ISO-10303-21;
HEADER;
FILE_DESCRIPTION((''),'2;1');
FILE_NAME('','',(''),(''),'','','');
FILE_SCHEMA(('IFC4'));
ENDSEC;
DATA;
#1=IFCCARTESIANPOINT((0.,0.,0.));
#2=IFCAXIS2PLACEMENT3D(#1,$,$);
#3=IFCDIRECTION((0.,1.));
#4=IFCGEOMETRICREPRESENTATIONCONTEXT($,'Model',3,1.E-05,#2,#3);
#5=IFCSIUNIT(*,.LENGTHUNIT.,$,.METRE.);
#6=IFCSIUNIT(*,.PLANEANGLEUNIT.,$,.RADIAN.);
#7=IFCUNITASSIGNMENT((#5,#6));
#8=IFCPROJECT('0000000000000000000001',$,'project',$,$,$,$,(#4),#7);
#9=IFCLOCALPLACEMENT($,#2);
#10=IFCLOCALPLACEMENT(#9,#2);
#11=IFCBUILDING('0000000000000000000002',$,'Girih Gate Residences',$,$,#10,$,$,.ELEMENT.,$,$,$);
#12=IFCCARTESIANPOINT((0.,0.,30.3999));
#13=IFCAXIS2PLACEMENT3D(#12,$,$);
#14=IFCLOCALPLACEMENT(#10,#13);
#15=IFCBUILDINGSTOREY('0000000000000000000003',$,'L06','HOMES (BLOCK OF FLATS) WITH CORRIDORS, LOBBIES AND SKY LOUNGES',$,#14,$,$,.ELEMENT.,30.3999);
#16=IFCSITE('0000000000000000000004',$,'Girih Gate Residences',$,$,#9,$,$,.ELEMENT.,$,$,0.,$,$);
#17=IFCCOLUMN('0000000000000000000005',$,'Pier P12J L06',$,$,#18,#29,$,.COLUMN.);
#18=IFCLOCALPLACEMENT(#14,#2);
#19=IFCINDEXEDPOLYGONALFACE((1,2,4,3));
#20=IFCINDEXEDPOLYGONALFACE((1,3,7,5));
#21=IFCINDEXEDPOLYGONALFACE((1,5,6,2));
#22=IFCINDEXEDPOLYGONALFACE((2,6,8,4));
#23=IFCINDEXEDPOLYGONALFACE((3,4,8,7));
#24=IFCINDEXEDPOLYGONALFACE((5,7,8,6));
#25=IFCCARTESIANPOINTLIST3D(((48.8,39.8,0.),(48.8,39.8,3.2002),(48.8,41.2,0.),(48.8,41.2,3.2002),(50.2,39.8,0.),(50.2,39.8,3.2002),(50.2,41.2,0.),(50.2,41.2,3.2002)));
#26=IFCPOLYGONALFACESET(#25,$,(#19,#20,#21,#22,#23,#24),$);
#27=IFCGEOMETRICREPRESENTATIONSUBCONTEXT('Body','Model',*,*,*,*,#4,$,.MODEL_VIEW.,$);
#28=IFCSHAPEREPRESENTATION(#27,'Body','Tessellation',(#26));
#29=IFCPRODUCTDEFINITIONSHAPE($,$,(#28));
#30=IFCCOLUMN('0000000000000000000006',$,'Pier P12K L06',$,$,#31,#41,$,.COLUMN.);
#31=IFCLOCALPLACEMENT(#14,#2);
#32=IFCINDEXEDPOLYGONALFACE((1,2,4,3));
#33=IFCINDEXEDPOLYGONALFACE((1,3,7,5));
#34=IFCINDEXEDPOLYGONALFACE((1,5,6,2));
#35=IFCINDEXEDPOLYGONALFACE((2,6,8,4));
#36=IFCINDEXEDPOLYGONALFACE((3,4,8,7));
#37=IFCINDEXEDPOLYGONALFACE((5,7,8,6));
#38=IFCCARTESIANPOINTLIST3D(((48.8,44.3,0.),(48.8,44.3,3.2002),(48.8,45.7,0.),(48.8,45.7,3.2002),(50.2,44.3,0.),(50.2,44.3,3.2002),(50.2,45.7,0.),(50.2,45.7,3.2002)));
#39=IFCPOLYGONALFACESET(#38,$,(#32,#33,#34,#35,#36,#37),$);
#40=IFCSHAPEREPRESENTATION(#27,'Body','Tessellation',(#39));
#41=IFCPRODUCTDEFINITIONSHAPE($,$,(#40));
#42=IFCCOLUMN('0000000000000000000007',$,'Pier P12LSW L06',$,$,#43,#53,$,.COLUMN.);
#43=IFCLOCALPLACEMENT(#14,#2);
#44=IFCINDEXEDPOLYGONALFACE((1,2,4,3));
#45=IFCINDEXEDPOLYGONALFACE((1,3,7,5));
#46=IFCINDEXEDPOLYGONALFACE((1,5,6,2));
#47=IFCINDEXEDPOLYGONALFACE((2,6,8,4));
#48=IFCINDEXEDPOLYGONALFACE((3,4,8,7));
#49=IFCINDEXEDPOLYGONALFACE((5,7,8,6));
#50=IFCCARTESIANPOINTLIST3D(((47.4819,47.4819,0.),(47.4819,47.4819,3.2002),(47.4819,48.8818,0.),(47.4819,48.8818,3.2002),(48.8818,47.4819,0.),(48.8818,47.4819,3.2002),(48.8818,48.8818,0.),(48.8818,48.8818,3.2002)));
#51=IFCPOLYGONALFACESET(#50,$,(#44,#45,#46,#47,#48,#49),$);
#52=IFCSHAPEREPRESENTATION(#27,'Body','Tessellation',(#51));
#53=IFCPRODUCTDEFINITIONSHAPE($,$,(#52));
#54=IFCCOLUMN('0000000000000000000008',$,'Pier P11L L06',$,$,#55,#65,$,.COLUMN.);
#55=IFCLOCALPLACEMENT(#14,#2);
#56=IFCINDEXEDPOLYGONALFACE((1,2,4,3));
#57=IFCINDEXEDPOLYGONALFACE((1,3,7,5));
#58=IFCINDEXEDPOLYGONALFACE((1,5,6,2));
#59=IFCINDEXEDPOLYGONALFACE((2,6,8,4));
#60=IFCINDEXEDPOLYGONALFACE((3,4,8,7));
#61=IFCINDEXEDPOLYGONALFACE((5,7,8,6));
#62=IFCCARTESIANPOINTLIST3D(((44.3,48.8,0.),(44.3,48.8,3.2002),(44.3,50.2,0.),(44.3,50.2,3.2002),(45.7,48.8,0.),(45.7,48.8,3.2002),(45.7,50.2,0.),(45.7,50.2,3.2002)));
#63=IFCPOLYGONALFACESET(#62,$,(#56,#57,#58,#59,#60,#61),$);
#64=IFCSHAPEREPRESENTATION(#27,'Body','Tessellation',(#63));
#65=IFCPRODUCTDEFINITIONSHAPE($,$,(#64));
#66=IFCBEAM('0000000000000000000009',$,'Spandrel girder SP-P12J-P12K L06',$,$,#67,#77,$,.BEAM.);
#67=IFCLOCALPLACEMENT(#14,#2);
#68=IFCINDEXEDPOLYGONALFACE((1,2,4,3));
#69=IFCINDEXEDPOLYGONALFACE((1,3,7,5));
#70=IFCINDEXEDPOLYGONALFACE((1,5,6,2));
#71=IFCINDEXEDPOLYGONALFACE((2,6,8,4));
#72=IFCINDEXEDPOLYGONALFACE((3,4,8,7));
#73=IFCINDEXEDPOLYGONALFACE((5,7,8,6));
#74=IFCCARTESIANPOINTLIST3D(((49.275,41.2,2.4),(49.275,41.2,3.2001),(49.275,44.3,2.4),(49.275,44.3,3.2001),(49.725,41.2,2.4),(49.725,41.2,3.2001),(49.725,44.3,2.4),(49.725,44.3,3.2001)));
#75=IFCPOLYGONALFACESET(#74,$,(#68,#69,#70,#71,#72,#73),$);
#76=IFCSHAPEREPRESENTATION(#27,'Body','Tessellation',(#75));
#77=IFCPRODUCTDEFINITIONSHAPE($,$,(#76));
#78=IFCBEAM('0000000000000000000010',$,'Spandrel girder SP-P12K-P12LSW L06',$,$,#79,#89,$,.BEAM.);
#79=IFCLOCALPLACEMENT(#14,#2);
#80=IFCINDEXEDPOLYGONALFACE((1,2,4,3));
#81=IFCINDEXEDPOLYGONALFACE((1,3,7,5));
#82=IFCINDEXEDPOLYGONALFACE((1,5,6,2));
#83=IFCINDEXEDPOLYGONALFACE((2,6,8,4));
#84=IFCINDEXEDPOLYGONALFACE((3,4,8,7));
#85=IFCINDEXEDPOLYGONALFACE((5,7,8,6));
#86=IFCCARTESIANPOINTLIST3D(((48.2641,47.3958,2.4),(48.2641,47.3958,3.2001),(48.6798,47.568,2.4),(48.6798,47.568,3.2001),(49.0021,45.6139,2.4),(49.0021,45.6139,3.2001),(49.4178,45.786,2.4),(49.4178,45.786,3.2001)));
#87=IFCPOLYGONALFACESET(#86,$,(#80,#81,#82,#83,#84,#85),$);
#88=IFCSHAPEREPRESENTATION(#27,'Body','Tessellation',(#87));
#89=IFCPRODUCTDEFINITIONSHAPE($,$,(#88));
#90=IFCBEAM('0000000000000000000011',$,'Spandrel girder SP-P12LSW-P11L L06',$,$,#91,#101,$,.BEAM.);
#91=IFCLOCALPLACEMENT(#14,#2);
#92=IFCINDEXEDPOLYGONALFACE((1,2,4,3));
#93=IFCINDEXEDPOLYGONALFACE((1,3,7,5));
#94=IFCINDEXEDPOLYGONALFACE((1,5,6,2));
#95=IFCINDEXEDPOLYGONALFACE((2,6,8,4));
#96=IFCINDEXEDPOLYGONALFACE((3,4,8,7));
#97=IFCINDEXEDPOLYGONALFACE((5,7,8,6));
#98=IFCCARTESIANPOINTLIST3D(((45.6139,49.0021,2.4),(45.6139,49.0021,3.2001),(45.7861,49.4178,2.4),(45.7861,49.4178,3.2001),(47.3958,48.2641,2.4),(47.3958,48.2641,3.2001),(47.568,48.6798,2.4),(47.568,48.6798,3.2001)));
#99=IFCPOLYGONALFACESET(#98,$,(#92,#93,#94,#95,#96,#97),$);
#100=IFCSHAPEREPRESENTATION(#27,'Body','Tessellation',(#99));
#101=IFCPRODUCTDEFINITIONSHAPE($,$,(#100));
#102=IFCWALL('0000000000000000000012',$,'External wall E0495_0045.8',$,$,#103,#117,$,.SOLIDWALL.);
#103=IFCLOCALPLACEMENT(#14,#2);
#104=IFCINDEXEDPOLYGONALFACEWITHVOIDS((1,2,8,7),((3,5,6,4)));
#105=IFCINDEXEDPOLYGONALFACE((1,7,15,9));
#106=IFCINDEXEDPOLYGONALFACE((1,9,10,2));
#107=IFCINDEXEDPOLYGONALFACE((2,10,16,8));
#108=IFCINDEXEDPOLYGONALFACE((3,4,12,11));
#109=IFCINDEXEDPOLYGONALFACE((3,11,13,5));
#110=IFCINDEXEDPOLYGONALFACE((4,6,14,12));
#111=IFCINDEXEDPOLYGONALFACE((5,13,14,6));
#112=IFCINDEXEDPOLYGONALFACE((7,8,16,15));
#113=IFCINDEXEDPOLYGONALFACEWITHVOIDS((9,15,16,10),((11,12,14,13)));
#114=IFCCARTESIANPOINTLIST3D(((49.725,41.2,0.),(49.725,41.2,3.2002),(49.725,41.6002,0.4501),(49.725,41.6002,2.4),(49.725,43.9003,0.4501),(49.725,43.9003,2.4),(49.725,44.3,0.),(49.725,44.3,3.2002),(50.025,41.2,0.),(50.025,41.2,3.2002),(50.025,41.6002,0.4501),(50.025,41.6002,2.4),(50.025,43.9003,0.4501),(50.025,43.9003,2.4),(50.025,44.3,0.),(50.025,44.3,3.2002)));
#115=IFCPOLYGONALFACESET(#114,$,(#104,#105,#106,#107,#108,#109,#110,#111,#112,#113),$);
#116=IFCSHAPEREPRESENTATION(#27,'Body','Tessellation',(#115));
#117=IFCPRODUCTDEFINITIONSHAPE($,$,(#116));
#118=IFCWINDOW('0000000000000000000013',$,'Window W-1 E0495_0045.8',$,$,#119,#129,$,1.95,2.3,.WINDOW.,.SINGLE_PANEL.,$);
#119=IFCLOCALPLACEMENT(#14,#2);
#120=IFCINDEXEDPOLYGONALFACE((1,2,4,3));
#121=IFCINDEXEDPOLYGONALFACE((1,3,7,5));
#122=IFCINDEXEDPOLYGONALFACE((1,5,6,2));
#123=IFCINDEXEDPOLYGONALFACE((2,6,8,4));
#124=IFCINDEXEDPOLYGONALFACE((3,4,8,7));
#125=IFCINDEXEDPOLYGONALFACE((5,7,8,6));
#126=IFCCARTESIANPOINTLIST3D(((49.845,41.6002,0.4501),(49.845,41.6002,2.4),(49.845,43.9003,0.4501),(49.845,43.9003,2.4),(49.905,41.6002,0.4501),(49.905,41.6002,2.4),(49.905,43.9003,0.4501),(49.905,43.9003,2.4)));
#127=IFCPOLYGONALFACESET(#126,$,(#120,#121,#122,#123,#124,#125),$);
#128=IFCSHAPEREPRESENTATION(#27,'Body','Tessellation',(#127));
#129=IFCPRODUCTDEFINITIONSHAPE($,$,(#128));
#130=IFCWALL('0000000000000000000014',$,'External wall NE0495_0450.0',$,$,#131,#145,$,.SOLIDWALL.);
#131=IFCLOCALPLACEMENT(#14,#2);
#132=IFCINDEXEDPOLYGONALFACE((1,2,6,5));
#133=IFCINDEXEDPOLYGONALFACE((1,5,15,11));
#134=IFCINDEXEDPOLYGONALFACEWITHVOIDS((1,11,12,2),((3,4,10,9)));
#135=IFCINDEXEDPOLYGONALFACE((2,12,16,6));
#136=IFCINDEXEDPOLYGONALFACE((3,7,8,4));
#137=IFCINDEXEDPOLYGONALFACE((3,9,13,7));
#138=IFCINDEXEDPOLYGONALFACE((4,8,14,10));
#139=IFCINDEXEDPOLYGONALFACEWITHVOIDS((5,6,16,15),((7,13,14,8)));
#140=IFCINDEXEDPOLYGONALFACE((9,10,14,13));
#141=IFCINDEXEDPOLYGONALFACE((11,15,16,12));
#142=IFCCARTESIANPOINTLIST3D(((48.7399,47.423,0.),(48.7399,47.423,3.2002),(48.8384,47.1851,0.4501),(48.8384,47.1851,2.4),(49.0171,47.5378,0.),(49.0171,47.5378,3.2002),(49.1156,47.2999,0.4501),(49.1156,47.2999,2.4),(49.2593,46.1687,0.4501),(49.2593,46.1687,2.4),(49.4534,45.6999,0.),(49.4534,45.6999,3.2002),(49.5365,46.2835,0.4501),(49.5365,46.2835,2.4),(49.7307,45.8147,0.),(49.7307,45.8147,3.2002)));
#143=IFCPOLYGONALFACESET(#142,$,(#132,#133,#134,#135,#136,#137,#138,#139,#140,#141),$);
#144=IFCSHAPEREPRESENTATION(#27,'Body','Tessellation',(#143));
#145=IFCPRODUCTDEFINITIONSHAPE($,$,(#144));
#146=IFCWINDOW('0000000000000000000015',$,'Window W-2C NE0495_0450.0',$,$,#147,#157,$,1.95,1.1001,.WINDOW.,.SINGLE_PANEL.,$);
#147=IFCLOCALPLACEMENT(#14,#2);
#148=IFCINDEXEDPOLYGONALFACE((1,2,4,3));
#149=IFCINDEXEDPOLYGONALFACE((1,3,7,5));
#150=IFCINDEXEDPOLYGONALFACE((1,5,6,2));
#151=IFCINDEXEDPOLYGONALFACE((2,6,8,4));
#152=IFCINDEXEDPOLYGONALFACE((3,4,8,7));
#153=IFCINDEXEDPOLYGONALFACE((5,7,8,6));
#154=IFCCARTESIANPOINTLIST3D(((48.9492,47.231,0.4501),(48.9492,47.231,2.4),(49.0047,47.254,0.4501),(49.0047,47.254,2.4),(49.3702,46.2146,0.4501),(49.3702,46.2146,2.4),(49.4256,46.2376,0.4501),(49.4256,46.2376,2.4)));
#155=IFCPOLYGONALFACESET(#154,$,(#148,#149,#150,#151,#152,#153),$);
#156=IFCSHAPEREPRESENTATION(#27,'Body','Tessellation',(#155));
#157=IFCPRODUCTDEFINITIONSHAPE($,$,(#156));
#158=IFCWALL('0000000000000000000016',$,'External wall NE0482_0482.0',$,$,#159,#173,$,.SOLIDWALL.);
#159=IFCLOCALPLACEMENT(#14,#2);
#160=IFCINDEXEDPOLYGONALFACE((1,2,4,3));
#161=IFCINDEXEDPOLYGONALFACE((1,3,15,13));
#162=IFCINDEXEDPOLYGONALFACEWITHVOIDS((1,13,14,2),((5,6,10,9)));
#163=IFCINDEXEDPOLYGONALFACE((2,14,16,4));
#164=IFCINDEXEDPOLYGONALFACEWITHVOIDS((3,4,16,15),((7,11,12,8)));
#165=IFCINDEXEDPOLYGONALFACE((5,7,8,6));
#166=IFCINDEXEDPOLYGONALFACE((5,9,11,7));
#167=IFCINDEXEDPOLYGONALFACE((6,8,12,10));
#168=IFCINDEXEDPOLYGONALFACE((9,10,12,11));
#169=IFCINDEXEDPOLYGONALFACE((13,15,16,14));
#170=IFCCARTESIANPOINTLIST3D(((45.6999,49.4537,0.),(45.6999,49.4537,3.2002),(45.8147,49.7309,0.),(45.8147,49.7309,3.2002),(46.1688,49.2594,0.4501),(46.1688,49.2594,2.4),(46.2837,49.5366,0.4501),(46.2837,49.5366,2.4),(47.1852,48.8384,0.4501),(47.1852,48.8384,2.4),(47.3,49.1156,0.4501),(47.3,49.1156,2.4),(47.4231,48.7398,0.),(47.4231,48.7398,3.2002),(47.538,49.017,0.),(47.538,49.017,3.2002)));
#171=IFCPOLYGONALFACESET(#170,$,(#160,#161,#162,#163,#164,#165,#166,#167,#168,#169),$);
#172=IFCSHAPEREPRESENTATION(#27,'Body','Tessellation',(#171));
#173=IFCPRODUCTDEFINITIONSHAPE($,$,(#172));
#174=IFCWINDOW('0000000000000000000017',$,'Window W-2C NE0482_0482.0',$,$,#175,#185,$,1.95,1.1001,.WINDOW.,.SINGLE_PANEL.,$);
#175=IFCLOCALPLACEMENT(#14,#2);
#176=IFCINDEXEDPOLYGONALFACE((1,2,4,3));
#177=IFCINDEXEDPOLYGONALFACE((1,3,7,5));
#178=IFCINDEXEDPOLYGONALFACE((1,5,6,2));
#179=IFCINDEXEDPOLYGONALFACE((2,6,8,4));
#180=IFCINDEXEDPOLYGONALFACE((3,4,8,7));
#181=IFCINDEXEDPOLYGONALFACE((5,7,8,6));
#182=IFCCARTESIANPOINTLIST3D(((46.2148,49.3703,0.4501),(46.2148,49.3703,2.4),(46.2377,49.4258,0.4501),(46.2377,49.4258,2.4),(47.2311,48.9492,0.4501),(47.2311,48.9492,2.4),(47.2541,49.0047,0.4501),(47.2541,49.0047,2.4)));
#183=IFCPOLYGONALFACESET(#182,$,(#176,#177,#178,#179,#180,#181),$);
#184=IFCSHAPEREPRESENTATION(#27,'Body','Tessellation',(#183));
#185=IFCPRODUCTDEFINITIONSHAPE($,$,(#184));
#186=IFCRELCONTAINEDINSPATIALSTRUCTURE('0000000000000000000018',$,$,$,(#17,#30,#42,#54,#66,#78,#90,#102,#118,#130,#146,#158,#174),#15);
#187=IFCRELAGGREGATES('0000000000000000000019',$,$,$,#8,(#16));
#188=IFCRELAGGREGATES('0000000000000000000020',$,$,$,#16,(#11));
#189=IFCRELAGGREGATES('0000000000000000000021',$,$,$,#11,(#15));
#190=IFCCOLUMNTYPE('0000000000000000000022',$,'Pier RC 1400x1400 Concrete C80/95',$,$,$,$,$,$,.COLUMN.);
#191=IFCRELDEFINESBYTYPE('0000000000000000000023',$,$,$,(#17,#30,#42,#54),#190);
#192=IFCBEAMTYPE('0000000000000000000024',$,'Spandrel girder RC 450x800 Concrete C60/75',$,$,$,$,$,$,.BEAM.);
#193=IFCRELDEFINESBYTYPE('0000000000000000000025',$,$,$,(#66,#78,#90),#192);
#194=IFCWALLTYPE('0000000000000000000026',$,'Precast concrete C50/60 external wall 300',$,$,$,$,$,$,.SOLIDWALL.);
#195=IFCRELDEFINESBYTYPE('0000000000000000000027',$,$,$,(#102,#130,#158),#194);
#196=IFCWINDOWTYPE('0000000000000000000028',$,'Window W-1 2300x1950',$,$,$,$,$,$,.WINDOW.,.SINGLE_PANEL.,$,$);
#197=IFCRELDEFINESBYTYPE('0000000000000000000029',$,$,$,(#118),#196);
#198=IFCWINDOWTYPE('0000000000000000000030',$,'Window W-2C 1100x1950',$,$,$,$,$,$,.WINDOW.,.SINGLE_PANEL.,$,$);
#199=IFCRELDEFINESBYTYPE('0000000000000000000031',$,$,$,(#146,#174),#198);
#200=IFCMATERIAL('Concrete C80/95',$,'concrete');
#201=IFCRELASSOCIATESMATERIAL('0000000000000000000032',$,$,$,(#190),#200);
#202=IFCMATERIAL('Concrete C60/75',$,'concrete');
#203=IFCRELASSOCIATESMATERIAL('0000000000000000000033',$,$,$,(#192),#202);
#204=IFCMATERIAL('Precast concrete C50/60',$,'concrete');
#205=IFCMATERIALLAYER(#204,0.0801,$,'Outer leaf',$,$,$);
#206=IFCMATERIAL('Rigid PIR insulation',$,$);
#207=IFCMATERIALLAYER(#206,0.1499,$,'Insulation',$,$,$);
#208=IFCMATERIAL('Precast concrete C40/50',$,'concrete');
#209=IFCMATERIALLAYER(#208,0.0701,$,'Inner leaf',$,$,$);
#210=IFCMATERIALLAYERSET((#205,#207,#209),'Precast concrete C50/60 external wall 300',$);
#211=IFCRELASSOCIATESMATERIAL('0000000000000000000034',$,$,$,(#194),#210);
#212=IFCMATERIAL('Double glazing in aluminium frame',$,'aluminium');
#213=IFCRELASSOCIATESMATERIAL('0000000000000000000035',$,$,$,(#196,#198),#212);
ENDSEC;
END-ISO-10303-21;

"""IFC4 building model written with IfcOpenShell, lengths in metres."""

from ifc_helpers import new_model, si_unit, direction, frame, frame_2d, origin, origin_2d, place, context, subcontext, project, spatial, rectangle, extrude, material, layer, layer_set, material_profile, profile_set, type_object, element, fill, save


model = new_model("IFC4")

# Units and contexts
model_context = context("Model", 3, precision=1e-05, world=origin(), true_north=direction((0.0, 1.0)))
body_context = subcontext(model_context, "Body", "Model", "MODEL_VIEW")
ifc_project = project(units=[si_unit("LENGTHUNIT", "METRE"), si_unit("PLANEANGLEUNIT", "RADIAN")], contexts=[model_context])

# Site, building, storey
site_placement = place(None, origin())
site = spatial("IfcSite", under=ifc_project, at=site_placement, Name="Girih Gate Residences", CompositionType="ELEMENT", RefElevation=0.0)
building_placement = place(site_placement, origin())
building = spatial("IfcBuilding", under=site, at=building_placement, Name="Girih Gate Residences", CompositionType="ELEMENT")
storey_placement = place(building_placement, frame((0.0, 0.0, 30.3999)))
storey = spatial("IfcBuildingStorey", under=building, at=storey_placement, Name="L06", Description="HOMES (BLOCK OF FLATS) WITH CORRIDORS, LOBBIES AND SKY LOUNGES", CompositionType="ELEMENT", Elevation=30.3999)

# Columns
ifc_material_1 = material(Name="Concrete C80/95", Category="concrete")
ifc_material_profile_1 = material_profile(ifc_material_1, rectangle(XDim=1.3999, YDim=1.3999, at=origin_2d()))
ifc_profile_set_1 = profile_set([ifc_material_profile_1], Name="Concrete C80/95")
column_type = type_object("IfcColumnType", Name="Pier RC 1400x1400 Concrete C80/95", PredefinedType="COLUMN", material=ifc_profile_set_1)
for number, where, z_axis, x_axis, name in (
    (1, (49.5, 40.5, 0.0), (0.0, 0.0, 1.0), (1.0, 0.0, 0.0), "Pier P12J L06"),
    (2, (49.5, 45.0, 0.0), (0.0, 0.0, 1.0), (1.0, 0.0, 0.0), "Pier P12K L06"),
    (3, (48.1819, 48.1819, 0.0), (0.0, 0.0, 1.0), (1.0, 0.0, 0.0), "Pier P12LSW L06"),
    (4, (45.0, 49.5, 0.0), (0.0, 0.0, 1.0), (1.0, 0.0, 0.0), "Pier P11L L06"),
):
    element("IfcColumn", number, at=place(storey_placement, frame(where, z_axis=z_axis, x_axis=x_axis)), inside=storey, type_object=column_type, Name=name, PredefinedType="COLUMN", context=body_context, shape_type="SweptSolid", body=[
        extrude(rectangle(XDim=1.3999, YDim=1.3999, at=origin_2d()), origin(), (0.0, 0.0, 1.0), 3.2002),
    ])

# Beams
ifc_material_2 = material(Name="Concrete C60/75", Category="concrete")
ifc_material_profile_2 = material_profile(ifc_material_2, rectangle(XDim=0.45, YDim=0.8, at=origin_2d()))
ifc_profile_set_2 = profile_set([ifc_material_profile_2], Name="Concrete C60/75")
beam_type = type_object("IfcBeamType", Name="Spandrel girder RC 450x800 Concrete C60/75", PredefinedType="BEAM", material=ifc_profile_set_2)
beam_placement = place(storey_placement, frame((49.5, 41.2, 2.8), z_axis=(0.0, 1.0, 0.0), x_axis=(-1.0, 0.0, 0.0)))
element("IfcBeam", 5, at=beam_placement, inside=storey, type_object=beam_type, Name="Spandrel girder SP-P12J-P12K L06", PredefinedType="BEAM", context=body_context, shape_type="SweptSolid", body=[
    extrude(rectangle(XDim=0.45, YDim=0.8, at=origin_2d()), origin(), (0.0, 0.0, 1.0), 3.1001),
])
for number, where, z_axis, x_axis, name in (
    (6, (49.21, 45.7, 2.8), (-0.382646, 0.923895, 0.0), (-0.923895, -0.382646, 0.0), "Spandrel girder SP-P12K-P12LSW L06"),
    (7, (47.4819, 48.4719, 2.8), (-0.923895, 0.382646, 0.0), (-0.382646, -0.923895, 0.0), "Spandrel girder SP-P12LSW-P11L L06"),
):
    element("IfcBeam", number, at=place(storey_placement, frame(where, z_axis=z_axis, x_axis=x_axis)), inside=storey, type_object=beam_type, Name=name, PredefinedType="BEAM", context=body_context, shape_type="SweptSolid", body=[
        extrude(rectangle(XDim=0.45, YDim=0.8, at=origin_2d()), origin(), (0.0, 0.0, 1.0), 1.9287),
    ])

# Walls, openings, windows
ifc_material_3 = material(Name="Precast concrete C50/60", Category="concrete")
ifc_layer_1 = layer(ifc_material_3, 0.0801, Name="Outer leaf")
ifc_material_4 = material(Name="Rigid PIR insulation")
ifc_layer_2 = layer(ifc_material_4, 0.1499, Name="Insulation")
ifc_material_5 = material(Name="Precast concrete C40/50", Category="concrete")
ifc_layer_3 = layer(ifc_material_5, 0.0701, Name="Inner leaf")
ifc_layer_set = layer_set([ifc_layer_1, ifc_layer_2, ifc_layer_3], Name="Precast concrete C50/60 external wall 300")
wall_type = type_object("IfcWallType", Name="Precast concrete C50/60 external wall 300", PredefinedType="SOLIDWALL", material=ifc_layer_set)
wall_1_placement = place(storey_placement, frame((49.875, 44.3, 0.0), z_axis=(0.0, 0.0, 1.0), x_axis=(0.0, -1.0, 0.0)))
wall_1 = element("IfcWall", 8, at=wall_1_placement, inside=storey, type_object=wall_type, Name="External wall E0495_0045.8", PredefinedType="SOLIDWALL", context=body_context, shape_type="SweptSolid", body=[
    extrude(rectangle(XDim=3.1001, YDim=0.3, at=frame_2d((1.55, 0.0))), origin(), (0.0, 0.0, 1.0), 3.2002),
])
opening_1_placement = place(wall_1_placement, frame((0.3999, 0.0, 0.45)))
opening_1 = element("IfcOpeningElement", 9, at=opening_1_placement, cuts=wall_1, PredefinedType="OPENING", context=body_context, shape_type="SweptSolid", body=[
    extrude(rectangle(XDim=2.3, YDim=1.95, at=frame_2d((1.1499, 0.9751))), frame((0.0, 0.1599, 0.0), z_axis=(0.0, -1.0, 0.0), x_axis=(1.0, 0.0, 0.0)), (0.0, 0.0, 1.0), 0.3201),
])
ifc_material_6 = material(Name="Double glazing in aluminium frame", Category="aluminium")
window_type_1 = type_object("IfcWindowType", Name="Window W-1 2300x1950", PartitioningType="SINGLE_PANEL", PredefinedType="WINDOW", material=ifc_material_6)
window_1_placement = place(opening_1_placement, origin())
window_1 = element("IfcWindow", 10, at=window_1_placement, inside=storey, type_object=window_type_1, Name="Window W-1 E0495_0045.8", OverallHeight=1.95, OverallWidth=2.3, PartitioningType="SINGLE_PANEL", PredefinedType="WINDOW", context=body_context, shape_type="SweptSolid", body=[
    extrude(rectangle(XDim=2.3, YDim=1.95, at=frame_2d((1.1499, 0.9751))), frame((0.0, 0.03, 0.0), z_axis=(0.0, -1.0, 0.0), x_axis=(1.0, 0.0, 0.0)), (0.0, 0.0, 1.0), 0.0601),
])
fill(opening_1, window_1)
wall_2_placement = place(storey_placement, frame((48.8784, 47.4805, 0.0), z_axis=(0.0, 0.0, 1.0), x_axis=(0.382625, -0.923904, 0.0)))
wall_2 = element("IfcWall", 11, at=wall_2_placement, inside=storey, type_object=wall_type, Name="External wall NE0495_0450.0", PredefinedType="SOLIDWALL", context=body_context, shape_type="SweptSolid", body=[
    extrude(rectangle(XDim=1.865, YDim=0.3, at=frame_2d((0.9326, 0.0))), origin(), (0.0, 0.0, 1.0), 3.2002),
])
opening_2_placement = place(wall_2_placement, frame((0.2576, 0.0, 0.45)))
opening_2 = element("IfcOpeningElement", 12, at=opening_2_placement, cuts=wall_2, PredefinedType="OPENING", context=body_context, shape_type="SweptSolid", body=[
    extrude(rectangle(XDim=1.1001, YDim=1.95, at=frame_2d((0.55, 0.9751))), frame((0.0, 0.1599, 0.0), z_axis=(0.0, -1.0, 0.0), x_axis=(1.0, 0.0, 0.0)), (0.0, 0.0, 1.0), 0.3201),
])
window_type_2 = type_object("IfcWindowType", Name="Window W-2C 1100x1950", PartitioningType="SINGLE_PANEL", PredefinedType="WINDOW", material=ifc_material_6)
window_2_placement = place(opening_2_placement, origin())
window_2 = element("IfcWindow", 13, at=window_2_placement, inside=storey, type_object=window_type_2, Name="Window W-2C NE0495_0450.0", OverallHeight=1.95, OverallWidth=1.1001, PartitioningType="SINGLE_PANEL", PredefinedType="WINDOW", context=body_context, shape_type="SweptSolid", body=[
    extrude(rectangle(XDim=1.1001, YDim=1.95, at=frame_2d((0.55, 0.9751))), frame((0.0, 0.03, 0.0), z_axis=(0.0, -1.0, 0.0), x_axis=(1.0, 0.0, 0.0)), (0.0, 0.0, 1.0), 0.0601),
])
fill(opening_2, window_2)
wall_3_placement = place(storey_placement, frame((45.7573, 49.5923, 0.0), z_axis=(0.0, 0.0, 1.0), x_axis=(0.923857, -0.382737, 0.0)))
wall_3 = element("IfcWall", 14, at=wall_3_placement, inside=storey, type_object=wall_type, Name="External wall NE0482_0482.0", PredefinedType="SOLIDWALL", context=body_context, shape_type="SweptSolid", body=[
    extrude(rectangle(XDim=1.8652, YDim=0.3, at=frame_2d((0.9326, 0.0))), origin(), (0.0, 0.0, 1.0), 3.2002),
])
opening_3_placement = place(wall_3_placement, frame((0.5076, 0.0, 0.45)))
opening_3 = element("IfcOpeningElement", 15, at=opening_3_placement, cuts=wall_3, PredefinedType="OPENING", context=body_context, shape_type="SweptSolid", body=[
    extrude(rectangle(XDim=1.1001, YDim=1.95, at=frame_2d((0.55, 0.9751))), frame((0.0, 0.1599, 0.0), z_axis=(0.0, -1.0, 0.0), x_axis=(1.0, 0.0, 0.0)), (0.0, 0.0, 1.0), 0.3201),
])
window_3_placement = place(opening_3_placement, origin())
window_3 = element("IfcWindow", 16, at=window_3_placement, inside=storey, type_object=window_type_2, Name="Window W-2C NE0482_0482.0", OverallHeight=1.95, OverallWidth=1.1001, PartitioningType="SINGLE_PANEL", PredefinedType="WINDOW", context=body_context, shape_type="SweptSolid", body=[
    extrude(rectangle(XDim=1.1001, YDim=1.95, at=frame_2d((0.55, 0.9751))), frame((0.0, 0.03, 0.0), z_axis=(0.0, -1.0, 0.0), x_axis=(1.0, 0.0, 0.0)), (0.0, 0.0, 1.0), 0.0601),
])
fill(opening_3, window_3)

save(model, "model.ifc")
